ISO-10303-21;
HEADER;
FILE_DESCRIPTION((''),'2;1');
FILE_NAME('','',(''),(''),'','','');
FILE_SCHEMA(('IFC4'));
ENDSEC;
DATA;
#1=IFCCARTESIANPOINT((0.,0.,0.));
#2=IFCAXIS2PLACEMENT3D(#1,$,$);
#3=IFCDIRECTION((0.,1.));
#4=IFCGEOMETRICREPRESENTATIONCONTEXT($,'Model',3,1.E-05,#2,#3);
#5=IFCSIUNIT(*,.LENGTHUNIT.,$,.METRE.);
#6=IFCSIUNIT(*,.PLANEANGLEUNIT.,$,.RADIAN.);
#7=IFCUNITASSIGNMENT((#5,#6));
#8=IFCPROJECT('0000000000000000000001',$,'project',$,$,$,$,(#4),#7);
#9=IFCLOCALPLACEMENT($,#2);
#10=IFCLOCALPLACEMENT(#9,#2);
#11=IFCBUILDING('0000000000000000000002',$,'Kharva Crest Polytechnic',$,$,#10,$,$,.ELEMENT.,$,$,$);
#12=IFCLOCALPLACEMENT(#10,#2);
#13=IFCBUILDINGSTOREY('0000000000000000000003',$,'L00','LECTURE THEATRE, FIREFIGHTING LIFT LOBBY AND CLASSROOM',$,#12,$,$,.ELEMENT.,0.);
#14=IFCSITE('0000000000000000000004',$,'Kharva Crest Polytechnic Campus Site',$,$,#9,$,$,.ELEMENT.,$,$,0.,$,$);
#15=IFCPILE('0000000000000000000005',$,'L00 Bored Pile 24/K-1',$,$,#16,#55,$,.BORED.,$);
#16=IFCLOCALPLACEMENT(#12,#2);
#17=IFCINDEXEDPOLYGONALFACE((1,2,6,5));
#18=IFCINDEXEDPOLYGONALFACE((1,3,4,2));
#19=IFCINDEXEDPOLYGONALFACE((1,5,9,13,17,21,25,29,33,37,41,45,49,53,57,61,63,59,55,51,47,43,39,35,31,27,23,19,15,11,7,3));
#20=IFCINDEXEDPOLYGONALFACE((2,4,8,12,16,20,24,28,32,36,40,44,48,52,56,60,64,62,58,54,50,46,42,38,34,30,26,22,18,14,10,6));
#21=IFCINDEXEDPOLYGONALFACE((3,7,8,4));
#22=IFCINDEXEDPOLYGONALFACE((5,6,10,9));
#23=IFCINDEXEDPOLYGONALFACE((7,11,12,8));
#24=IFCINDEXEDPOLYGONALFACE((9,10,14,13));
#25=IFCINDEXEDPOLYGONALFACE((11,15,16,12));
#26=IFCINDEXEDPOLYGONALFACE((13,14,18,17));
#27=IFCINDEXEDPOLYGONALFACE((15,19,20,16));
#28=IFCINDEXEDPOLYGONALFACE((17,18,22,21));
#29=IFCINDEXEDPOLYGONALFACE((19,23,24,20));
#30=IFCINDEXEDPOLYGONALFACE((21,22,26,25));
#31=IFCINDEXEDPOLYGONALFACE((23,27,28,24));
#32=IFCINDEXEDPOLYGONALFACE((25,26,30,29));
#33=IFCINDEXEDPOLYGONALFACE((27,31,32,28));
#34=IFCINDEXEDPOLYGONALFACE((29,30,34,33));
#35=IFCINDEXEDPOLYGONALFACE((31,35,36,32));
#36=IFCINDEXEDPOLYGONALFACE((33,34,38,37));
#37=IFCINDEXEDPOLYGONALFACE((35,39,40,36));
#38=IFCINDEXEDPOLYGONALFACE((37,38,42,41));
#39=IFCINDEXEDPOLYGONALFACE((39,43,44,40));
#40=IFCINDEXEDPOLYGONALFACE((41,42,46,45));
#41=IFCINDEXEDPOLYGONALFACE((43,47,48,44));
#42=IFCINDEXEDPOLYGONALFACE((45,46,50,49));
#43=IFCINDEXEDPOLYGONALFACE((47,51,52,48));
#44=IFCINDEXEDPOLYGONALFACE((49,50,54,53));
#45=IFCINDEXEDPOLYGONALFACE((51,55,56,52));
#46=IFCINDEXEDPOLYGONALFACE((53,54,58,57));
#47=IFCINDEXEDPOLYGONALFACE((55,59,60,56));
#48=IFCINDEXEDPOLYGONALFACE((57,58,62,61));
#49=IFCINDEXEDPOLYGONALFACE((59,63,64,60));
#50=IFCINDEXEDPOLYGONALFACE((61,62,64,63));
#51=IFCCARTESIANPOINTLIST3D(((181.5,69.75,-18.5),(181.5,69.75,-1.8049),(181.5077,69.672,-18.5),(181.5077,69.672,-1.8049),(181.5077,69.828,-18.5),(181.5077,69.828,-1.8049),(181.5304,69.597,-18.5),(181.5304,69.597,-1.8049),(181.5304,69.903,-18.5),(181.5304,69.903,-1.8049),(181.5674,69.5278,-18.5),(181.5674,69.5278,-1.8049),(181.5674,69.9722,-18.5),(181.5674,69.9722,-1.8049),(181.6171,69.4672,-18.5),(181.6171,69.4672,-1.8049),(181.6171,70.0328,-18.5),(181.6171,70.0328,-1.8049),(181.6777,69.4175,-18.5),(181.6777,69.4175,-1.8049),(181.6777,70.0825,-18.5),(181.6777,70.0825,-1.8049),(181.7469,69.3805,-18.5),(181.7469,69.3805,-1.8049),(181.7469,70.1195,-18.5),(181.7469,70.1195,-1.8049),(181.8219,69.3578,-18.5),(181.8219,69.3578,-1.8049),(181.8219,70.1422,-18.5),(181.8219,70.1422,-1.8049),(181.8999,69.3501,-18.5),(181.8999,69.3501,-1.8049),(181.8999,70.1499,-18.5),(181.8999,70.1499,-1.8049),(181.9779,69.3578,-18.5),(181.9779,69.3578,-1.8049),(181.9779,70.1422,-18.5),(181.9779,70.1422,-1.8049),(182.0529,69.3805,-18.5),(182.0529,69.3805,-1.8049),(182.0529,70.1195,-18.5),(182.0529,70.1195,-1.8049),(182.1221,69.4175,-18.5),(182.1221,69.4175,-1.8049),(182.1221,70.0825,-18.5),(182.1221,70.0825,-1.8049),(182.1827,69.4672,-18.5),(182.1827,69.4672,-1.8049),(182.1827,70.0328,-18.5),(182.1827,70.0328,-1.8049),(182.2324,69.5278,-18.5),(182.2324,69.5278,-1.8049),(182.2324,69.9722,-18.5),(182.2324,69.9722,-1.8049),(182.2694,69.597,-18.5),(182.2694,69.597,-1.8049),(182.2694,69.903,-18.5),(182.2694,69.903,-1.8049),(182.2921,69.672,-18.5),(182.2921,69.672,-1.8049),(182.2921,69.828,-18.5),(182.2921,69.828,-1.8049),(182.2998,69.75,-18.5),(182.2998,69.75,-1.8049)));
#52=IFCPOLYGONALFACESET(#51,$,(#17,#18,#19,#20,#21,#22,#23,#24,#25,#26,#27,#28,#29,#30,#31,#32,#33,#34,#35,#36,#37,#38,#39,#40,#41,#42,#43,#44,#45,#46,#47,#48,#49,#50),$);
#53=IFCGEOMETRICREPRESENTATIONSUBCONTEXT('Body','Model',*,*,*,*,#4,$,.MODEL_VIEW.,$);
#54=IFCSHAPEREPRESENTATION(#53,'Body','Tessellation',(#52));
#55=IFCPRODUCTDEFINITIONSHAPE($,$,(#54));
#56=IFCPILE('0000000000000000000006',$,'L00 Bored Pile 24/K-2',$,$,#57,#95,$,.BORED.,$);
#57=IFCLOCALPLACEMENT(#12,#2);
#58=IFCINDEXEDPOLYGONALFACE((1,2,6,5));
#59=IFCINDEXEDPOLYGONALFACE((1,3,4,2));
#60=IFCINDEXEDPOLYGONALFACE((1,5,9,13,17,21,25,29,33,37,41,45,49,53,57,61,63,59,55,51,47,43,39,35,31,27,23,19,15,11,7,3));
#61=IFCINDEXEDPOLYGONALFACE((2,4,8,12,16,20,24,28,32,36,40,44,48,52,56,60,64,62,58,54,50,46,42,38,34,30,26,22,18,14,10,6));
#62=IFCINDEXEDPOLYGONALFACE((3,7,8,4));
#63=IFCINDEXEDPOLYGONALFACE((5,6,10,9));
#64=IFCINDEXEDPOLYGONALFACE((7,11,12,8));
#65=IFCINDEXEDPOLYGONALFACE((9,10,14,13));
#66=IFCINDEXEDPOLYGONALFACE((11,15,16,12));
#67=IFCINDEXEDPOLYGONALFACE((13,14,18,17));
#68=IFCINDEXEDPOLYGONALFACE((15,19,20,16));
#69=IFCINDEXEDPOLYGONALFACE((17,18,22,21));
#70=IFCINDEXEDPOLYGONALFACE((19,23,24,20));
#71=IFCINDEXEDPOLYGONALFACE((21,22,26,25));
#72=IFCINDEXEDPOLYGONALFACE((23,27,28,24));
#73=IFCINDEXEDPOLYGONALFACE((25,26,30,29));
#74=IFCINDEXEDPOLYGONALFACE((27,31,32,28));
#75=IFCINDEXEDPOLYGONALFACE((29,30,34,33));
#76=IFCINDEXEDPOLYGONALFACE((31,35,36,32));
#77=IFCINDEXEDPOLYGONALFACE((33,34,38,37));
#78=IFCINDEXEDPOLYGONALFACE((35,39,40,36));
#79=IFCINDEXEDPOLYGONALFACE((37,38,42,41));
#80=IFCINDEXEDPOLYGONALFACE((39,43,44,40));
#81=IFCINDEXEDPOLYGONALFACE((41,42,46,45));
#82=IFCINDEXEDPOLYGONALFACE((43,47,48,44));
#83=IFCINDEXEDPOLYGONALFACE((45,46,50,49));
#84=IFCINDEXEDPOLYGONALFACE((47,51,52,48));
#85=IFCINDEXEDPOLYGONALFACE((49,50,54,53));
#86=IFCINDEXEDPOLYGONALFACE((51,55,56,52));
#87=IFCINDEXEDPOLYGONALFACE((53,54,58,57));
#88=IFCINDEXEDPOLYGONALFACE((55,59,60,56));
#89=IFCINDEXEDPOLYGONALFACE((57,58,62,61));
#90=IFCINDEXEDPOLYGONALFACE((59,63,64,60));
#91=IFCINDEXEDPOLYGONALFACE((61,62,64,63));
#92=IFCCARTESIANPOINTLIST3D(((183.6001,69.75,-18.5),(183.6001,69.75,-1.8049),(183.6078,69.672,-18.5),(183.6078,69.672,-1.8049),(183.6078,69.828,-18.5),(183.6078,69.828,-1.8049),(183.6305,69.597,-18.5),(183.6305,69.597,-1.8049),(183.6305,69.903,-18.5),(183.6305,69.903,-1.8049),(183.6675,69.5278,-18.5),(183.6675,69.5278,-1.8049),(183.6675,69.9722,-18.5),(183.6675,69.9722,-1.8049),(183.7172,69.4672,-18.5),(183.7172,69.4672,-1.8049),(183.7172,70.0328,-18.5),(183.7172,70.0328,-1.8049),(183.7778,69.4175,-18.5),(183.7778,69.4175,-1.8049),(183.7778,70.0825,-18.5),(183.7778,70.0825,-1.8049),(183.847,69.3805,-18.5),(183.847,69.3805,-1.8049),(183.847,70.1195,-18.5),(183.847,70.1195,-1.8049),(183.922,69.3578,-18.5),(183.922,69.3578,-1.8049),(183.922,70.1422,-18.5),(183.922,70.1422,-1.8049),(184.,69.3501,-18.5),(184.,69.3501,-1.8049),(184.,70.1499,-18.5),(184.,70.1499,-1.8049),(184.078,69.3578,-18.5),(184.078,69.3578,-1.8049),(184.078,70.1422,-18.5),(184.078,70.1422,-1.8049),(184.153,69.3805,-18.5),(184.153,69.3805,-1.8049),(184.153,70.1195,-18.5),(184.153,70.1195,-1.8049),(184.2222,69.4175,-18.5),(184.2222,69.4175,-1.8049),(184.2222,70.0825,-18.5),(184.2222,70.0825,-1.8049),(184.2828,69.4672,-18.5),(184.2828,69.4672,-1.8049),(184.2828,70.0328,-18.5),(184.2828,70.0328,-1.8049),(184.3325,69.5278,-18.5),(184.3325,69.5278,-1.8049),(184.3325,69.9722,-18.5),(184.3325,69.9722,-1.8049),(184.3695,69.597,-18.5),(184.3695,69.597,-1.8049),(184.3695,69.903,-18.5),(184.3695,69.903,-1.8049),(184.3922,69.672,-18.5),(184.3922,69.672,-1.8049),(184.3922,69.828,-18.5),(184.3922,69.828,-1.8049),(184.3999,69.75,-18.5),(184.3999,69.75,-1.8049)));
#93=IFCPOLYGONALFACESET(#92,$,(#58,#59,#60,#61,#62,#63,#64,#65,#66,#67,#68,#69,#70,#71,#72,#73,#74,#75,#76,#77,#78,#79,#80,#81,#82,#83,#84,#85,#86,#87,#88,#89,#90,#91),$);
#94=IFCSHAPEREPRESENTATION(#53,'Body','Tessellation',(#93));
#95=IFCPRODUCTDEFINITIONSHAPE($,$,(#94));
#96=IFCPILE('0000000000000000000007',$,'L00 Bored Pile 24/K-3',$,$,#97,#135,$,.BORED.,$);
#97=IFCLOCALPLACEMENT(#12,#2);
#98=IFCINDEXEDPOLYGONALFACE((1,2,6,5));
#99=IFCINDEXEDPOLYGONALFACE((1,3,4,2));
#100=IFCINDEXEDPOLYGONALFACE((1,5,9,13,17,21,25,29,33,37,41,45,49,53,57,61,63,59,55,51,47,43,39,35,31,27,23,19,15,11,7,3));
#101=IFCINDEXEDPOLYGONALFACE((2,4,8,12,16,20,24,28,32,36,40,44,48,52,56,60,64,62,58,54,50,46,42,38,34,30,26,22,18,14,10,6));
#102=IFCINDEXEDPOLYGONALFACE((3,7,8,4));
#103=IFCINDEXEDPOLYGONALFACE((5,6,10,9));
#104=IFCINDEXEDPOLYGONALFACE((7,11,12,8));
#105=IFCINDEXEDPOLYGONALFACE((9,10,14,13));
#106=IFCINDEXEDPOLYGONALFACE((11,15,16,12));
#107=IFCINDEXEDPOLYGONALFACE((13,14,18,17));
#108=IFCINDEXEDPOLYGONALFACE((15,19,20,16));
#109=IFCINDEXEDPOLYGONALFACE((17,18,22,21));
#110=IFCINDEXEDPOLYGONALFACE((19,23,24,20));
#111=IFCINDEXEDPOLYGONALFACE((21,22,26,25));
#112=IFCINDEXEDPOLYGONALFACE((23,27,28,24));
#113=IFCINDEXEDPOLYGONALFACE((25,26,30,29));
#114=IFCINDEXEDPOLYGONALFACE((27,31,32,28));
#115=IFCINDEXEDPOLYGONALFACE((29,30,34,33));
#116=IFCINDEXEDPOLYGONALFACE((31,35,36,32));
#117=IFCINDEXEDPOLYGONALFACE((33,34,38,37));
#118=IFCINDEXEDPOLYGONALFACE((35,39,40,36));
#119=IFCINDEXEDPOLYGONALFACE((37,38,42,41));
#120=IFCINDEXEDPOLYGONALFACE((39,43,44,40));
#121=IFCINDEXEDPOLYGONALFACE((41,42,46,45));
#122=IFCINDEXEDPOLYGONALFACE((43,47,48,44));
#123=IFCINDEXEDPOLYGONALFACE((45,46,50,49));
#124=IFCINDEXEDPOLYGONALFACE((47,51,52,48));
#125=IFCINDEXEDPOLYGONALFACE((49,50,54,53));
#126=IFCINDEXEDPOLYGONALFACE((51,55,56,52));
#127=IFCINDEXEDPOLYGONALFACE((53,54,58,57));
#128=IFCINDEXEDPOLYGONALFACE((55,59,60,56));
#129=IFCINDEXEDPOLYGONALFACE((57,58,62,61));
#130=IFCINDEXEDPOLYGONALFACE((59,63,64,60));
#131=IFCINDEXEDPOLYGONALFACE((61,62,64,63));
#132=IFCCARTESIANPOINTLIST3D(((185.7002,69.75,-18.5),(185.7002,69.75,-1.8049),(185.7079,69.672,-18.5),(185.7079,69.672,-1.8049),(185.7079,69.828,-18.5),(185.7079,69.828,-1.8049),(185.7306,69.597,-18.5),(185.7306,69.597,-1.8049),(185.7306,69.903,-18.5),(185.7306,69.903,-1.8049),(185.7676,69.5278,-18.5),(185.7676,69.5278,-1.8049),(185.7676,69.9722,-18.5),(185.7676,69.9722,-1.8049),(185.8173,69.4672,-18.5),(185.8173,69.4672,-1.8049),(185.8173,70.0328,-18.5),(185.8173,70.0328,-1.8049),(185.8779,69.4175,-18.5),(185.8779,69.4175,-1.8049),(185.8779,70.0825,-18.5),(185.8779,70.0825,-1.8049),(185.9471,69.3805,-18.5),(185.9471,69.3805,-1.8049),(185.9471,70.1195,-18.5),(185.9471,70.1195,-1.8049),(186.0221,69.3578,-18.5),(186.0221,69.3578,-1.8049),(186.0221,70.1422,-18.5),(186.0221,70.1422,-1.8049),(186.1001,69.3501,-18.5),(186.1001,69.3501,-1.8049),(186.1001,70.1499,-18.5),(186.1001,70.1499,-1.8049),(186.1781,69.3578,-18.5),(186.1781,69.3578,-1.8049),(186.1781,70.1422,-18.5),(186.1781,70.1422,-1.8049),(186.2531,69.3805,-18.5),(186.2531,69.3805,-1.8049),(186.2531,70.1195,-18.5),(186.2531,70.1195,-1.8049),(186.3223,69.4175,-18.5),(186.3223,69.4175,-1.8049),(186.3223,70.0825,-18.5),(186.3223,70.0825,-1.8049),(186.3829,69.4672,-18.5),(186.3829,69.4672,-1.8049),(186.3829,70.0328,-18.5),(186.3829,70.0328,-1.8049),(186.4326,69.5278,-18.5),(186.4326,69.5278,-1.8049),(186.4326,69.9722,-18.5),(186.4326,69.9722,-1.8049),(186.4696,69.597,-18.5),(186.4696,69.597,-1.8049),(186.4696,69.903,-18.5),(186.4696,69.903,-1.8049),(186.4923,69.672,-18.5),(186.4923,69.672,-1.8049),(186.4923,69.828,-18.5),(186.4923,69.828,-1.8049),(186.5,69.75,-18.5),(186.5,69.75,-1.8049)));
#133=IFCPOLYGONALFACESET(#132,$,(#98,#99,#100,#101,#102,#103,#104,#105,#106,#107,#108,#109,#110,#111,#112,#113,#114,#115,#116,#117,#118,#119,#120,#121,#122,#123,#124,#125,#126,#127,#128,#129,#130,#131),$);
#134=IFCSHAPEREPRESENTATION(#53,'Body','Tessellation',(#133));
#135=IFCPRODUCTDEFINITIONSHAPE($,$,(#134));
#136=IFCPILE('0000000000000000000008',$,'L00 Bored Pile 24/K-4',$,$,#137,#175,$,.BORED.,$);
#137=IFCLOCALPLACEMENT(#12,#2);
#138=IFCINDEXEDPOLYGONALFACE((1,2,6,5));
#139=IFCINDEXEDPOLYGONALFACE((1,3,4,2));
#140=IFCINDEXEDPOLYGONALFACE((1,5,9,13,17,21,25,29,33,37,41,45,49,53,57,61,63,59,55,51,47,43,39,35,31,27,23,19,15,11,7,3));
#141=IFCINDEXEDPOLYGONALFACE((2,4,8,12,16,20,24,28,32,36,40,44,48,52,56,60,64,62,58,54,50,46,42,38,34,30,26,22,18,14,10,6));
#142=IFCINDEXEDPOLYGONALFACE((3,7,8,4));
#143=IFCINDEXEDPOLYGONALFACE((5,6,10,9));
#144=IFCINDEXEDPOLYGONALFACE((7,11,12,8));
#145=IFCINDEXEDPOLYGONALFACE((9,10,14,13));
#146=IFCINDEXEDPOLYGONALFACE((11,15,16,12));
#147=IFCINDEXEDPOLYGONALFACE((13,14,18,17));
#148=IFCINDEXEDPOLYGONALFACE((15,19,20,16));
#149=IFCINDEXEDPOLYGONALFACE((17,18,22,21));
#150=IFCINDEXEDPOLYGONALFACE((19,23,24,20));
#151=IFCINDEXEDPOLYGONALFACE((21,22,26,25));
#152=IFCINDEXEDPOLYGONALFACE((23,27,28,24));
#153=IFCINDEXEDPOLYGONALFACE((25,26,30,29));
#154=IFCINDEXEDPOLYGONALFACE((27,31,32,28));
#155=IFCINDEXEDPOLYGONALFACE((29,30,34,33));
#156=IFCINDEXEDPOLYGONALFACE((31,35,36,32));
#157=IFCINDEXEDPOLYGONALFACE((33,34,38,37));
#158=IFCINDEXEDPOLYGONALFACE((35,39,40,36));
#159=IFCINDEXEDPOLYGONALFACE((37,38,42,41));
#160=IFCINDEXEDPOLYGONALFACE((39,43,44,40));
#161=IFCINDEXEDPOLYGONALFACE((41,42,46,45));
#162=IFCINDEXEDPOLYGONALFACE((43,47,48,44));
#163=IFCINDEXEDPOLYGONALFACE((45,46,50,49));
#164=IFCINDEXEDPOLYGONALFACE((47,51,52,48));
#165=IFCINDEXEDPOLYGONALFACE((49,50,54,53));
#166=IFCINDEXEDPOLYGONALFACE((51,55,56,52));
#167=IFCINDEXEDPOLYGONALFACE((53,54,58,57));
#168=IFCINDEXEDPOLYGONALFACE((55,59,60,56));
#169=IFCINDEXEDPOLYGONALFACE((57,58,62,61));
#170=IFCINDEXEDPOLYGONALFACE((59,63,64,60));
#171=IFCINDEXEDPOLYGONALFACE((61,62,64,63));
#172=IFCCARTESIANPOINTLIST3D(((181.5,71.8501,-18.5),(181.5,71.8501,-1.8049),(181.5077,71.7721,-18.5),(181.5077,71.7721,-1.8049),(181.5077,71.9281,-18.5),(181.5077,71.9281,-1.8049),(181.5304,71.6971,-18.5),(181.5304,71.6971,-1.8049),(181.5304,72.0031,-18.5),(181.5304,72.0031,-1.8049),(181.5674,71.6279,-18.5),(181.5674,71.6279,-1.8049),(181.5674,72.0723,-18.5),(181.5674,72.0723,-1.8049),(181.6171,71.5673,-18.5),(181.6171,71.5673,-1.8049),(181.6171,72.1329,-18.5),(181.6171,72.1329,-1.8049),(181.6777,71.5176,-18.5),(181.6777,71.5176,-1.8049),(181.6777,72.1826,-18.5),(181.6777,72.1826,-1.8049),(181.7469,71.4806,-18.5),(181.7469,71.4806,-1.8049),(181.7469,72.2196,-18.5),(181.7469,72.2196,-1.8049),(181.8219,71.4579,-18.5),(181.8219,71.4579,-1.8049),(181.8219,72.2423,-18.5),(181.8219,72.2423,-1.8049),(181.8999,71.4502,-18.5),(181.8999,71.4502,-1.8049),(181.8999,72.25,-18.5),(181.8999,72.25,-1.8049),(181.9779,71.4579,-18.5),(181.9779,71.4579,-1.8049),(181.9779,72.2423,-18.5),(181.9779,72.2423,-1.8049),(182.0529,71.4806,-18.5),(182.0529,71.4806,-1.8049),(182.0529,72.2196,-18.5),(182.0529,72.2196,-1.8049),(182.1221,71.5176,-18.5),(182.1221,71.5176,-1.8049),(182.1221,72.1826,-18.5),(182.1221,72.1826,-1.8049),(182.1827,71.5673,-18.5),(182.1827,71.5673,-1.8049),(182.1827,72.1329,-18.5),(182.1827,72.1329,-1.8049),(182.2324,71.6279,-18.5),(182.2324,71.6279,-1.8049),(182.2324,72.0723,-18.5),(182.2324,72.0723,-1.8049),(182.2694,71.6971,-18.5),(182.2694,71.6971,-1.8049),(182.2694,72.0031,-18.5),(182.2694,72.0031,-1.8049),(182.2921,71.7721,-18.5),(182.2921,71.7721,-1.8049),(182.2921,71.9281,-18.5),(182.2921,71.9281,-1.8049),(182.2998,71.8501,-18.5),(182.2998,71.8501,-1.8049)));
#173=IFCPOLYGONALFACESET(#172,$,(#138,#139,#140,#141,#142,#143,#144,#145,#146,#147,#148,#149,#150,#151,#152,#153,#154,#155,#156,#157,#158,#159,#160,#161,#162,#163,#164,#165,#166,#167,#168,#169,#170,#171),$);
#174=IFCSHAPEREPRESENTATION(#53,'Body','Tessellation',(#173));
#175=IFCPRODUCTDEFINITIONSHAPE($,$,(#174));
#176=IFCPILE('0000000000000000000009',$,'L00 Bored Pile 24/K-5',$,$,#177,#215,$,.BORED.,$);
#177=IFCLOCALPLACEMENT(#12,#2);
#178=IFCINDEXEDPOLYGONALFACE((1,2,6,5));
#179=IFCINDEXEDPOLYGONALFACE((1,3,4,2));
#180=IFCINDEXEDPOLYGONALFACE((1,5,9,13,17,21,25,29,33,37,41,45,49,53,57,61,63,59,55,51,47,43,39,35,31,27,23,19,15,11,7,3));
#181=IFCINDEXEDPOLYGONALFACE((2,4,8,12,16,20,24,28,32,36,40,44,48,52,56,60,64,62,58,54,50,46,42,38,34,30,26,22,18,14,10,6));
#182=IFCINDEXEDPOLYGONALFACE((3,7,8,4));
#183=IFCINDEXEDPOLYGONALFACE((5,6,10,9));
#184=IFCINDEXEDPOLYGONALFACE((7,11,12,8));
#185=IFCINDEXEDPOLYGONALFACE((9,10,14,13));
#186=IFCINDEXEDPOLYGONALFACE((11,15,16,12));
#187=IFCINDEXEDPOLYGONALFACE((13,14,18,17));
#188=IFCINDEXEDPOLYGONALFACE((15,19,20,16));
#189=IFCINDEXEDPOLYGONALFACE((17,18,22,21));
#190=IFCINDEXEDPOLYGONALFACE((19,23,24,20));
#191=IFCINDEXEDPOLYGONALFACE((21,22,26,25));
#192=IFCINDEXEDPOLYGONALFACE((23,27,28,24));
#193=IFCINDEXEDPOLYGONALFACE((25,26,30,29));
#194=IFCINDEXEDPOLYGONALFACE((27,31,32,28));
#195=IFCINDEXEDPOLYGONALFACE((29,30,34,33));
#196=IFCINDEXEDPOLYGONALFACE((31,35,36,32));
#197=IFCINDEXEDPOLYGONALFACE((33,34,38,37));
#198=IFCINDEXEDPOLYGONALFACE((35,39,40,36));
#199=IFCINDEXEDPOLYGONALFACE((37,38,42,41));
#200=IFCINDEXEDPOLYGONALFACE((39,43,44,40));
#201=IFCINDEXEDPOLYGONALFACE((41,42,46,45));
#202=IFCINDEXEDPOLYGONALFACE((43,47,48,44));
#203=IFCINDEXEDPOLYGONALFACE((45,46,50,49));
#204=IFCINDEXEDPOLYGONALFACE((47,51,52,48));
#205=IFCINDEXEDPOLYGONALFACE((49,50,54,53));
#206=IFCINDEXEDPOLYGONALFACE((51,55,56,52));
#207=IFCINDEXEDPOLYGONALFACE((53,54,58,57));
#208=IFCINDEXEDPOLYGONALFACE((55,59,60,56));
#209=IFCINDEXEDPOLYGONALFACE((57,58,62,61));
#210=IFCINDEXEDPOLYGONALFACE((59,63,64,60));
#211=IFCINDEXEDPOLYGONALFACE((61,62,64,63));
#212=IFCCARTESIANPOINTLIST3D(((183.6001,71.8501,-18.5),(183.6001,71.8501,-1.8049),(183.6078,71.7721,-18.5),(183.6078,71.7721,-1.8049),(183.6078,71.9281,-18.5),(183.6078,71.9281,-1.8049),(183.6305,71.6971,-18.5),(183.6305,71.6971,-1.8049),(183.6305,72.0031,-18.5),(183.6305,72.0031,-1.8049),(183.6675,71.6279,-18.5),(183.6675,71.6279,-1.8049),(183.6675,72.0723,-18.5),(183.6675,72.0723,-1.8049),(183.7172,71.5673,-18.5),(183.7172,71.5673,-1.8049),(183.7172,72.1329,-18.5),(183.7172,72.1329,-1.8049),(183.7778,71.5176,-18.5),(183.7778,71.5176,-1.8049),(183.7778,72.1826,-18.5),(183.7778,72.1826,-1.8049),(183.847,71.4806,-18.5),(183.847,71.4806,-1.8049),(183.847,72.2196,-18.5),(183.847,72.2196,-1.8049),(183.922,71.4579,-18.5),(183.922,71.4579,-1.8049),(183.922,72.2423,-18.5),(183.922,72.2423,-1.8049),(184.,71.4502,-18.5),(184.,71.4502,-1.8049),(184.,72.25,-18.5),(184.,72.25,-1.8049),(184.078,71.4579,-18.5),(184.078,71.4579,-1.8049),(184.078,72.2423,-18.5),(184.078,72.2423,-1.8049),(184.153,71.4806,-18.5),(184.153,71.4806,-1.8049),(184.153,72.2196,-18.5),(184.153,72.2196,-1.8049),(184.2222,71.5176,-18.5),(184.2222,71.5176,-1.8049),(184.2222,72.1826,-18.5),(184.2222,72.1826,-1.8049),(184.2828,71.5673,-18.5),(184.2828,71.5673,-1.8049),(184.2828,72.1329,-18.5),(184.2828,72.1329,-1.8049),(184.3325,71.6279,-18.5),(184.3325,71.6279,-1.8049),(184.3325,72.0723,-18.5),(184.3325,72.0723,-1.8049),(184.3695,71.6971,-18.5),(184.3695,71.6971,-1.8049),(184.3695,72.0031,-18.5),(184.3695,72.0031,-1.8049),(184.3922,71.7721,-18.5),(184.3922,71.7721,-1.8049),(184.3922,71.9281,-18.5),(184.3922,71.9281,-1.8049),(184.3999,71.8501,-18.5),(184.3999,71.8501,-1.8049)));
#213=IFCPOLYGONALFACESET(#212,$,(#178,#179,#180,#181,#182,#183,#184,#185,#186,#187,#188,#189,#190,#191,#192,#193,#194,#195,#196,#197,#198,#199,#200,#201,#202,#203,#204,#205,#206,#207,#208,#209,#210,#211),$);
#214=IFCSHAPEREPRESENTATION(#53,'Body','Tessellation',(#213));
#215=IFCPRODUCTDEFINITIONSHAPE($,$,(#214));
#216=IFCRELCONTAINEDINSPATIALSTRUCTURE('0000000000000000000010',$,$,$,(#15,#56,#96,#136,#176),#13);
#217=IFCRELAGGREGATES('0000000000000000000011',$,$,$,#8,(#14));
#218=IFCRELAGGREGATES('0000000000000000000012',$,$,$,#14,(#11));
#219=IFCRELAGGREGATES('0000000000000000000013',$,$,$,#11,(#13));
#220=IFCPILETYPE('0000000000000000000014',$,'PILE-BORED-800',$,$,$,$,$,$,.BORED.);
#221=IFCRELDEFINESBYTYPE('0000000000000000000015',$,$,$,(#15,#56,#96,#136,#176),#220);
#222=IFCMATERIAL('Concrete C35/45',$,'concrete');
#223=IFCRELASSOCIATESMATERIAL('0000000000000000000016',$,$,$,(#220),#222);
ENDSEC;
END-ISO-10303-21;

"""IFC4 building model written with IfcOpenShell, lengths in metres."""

from ifc_helpers import new_model, si_unit, direction, frame, origin, origin_2d, place, context, subcontext, project, spatial, circle, extrude, material, material_profile, profile_set, type_object, element, save


model = new_model("IFC4")

# Units and contexts
model_context = context("Model", 3, precision=1e-05, world=origin(), true_north=direction((0.0, 1.0)))
body_context = subcontext(model_context, "Body", "Model", "MODEL_VIEW")
ifc_project = project(units=[si_unit("LENGTHUNIT", "METRE"), si_unit("PLANEANGLEUNIT", "RADIAN")], contexts=[model_context])

# Site, building, storey
site_placement = place(None, origin())
site = spatial("IfcSite", under=ifc_project, at=site_placement, Name="Kharva Crest Polytechnic Campus Site", CompositionType="ELEMENT", RefElevation=0.0)
building_placement = place(site_placement, origin())
building = spatial("IfcBuilding", under=site, at=building_placement, Name="Kharva Crest Polytechnic", CompositionType="ELEMENT")
storey_placement = place(building_placement, origin())
storey = spatial("IfcBuildingStorey", under=building, at=storey_placement, Name="L00", Description="LECTURE THEATRE, FIREFIGHTING LIFT LOBBY AND CLASSROOM", CompositionType="ELEMENT", Elevation=0.0)

# Shared definitions
ifc_material_1 = material(Name="Concrete C35/45", Category="concrete")

# Piles
ifc_material_profile_1 = material_profile(ifc_material_1, circle(Radius=0.3999, at=origin_2d()), Name="DIA 800")
ifc_profile_set_1 = profile_set([ifc_material_profile_1], Name="Concrete C35/45")
pile_type_1 = type_object("IfcPileType", Name="PILE-BORED-800", PredefinedType="BORED", material=ifc_profile_set_1)
for number, where, z_axis, x_axis, name in (
    (1, (181.8999, 69.75, -1.8049), (0.0, 0.0, -1.0), (1.0, 0.0, 0.0), "L00 Bored Pile 24/K-1"),
    (2, (184.0, 69.75, -1.8049), (0.0, 0.0, -1.0), (1.0, 0.0, 0.0), "L00 Bored Pile 24/K-2"),
    (3, (186.1001, 69.75, -1.8049), (0.0, 0.0, -1.0), (1.0, 0.0, 0.0), "L00 Bored Pile 24/K-3"),
    (4, (181.8999, 71.8501, -1.8049), (0.0, 0.0, -1.0), (1.0, 0.0, 0.0), "L00 Bored Pile 24/K-4"),
    (5, (184.0, 71.8501, -1.8049), (0.0, 0.0, -1.0), (1.0, 0.0, 0.0), "L00 Bored Pile 24/K-5"),
):
    element("IfcPile", number, at=place(storey_placement, frame(where, z_axis=z_axis, x_axis=x_axis)), inside=storey, type_object=pile_type_1, Name=name, PredefinedType="BORED", context=body_context, shape_type="SweptSolid", body=[
        extrude(circle(Radius=0.3999, at=origin_2d()), origin(), (0.0, 0.0, 1.0), 16.6951),
    ])

save(model, "model.ifc")
